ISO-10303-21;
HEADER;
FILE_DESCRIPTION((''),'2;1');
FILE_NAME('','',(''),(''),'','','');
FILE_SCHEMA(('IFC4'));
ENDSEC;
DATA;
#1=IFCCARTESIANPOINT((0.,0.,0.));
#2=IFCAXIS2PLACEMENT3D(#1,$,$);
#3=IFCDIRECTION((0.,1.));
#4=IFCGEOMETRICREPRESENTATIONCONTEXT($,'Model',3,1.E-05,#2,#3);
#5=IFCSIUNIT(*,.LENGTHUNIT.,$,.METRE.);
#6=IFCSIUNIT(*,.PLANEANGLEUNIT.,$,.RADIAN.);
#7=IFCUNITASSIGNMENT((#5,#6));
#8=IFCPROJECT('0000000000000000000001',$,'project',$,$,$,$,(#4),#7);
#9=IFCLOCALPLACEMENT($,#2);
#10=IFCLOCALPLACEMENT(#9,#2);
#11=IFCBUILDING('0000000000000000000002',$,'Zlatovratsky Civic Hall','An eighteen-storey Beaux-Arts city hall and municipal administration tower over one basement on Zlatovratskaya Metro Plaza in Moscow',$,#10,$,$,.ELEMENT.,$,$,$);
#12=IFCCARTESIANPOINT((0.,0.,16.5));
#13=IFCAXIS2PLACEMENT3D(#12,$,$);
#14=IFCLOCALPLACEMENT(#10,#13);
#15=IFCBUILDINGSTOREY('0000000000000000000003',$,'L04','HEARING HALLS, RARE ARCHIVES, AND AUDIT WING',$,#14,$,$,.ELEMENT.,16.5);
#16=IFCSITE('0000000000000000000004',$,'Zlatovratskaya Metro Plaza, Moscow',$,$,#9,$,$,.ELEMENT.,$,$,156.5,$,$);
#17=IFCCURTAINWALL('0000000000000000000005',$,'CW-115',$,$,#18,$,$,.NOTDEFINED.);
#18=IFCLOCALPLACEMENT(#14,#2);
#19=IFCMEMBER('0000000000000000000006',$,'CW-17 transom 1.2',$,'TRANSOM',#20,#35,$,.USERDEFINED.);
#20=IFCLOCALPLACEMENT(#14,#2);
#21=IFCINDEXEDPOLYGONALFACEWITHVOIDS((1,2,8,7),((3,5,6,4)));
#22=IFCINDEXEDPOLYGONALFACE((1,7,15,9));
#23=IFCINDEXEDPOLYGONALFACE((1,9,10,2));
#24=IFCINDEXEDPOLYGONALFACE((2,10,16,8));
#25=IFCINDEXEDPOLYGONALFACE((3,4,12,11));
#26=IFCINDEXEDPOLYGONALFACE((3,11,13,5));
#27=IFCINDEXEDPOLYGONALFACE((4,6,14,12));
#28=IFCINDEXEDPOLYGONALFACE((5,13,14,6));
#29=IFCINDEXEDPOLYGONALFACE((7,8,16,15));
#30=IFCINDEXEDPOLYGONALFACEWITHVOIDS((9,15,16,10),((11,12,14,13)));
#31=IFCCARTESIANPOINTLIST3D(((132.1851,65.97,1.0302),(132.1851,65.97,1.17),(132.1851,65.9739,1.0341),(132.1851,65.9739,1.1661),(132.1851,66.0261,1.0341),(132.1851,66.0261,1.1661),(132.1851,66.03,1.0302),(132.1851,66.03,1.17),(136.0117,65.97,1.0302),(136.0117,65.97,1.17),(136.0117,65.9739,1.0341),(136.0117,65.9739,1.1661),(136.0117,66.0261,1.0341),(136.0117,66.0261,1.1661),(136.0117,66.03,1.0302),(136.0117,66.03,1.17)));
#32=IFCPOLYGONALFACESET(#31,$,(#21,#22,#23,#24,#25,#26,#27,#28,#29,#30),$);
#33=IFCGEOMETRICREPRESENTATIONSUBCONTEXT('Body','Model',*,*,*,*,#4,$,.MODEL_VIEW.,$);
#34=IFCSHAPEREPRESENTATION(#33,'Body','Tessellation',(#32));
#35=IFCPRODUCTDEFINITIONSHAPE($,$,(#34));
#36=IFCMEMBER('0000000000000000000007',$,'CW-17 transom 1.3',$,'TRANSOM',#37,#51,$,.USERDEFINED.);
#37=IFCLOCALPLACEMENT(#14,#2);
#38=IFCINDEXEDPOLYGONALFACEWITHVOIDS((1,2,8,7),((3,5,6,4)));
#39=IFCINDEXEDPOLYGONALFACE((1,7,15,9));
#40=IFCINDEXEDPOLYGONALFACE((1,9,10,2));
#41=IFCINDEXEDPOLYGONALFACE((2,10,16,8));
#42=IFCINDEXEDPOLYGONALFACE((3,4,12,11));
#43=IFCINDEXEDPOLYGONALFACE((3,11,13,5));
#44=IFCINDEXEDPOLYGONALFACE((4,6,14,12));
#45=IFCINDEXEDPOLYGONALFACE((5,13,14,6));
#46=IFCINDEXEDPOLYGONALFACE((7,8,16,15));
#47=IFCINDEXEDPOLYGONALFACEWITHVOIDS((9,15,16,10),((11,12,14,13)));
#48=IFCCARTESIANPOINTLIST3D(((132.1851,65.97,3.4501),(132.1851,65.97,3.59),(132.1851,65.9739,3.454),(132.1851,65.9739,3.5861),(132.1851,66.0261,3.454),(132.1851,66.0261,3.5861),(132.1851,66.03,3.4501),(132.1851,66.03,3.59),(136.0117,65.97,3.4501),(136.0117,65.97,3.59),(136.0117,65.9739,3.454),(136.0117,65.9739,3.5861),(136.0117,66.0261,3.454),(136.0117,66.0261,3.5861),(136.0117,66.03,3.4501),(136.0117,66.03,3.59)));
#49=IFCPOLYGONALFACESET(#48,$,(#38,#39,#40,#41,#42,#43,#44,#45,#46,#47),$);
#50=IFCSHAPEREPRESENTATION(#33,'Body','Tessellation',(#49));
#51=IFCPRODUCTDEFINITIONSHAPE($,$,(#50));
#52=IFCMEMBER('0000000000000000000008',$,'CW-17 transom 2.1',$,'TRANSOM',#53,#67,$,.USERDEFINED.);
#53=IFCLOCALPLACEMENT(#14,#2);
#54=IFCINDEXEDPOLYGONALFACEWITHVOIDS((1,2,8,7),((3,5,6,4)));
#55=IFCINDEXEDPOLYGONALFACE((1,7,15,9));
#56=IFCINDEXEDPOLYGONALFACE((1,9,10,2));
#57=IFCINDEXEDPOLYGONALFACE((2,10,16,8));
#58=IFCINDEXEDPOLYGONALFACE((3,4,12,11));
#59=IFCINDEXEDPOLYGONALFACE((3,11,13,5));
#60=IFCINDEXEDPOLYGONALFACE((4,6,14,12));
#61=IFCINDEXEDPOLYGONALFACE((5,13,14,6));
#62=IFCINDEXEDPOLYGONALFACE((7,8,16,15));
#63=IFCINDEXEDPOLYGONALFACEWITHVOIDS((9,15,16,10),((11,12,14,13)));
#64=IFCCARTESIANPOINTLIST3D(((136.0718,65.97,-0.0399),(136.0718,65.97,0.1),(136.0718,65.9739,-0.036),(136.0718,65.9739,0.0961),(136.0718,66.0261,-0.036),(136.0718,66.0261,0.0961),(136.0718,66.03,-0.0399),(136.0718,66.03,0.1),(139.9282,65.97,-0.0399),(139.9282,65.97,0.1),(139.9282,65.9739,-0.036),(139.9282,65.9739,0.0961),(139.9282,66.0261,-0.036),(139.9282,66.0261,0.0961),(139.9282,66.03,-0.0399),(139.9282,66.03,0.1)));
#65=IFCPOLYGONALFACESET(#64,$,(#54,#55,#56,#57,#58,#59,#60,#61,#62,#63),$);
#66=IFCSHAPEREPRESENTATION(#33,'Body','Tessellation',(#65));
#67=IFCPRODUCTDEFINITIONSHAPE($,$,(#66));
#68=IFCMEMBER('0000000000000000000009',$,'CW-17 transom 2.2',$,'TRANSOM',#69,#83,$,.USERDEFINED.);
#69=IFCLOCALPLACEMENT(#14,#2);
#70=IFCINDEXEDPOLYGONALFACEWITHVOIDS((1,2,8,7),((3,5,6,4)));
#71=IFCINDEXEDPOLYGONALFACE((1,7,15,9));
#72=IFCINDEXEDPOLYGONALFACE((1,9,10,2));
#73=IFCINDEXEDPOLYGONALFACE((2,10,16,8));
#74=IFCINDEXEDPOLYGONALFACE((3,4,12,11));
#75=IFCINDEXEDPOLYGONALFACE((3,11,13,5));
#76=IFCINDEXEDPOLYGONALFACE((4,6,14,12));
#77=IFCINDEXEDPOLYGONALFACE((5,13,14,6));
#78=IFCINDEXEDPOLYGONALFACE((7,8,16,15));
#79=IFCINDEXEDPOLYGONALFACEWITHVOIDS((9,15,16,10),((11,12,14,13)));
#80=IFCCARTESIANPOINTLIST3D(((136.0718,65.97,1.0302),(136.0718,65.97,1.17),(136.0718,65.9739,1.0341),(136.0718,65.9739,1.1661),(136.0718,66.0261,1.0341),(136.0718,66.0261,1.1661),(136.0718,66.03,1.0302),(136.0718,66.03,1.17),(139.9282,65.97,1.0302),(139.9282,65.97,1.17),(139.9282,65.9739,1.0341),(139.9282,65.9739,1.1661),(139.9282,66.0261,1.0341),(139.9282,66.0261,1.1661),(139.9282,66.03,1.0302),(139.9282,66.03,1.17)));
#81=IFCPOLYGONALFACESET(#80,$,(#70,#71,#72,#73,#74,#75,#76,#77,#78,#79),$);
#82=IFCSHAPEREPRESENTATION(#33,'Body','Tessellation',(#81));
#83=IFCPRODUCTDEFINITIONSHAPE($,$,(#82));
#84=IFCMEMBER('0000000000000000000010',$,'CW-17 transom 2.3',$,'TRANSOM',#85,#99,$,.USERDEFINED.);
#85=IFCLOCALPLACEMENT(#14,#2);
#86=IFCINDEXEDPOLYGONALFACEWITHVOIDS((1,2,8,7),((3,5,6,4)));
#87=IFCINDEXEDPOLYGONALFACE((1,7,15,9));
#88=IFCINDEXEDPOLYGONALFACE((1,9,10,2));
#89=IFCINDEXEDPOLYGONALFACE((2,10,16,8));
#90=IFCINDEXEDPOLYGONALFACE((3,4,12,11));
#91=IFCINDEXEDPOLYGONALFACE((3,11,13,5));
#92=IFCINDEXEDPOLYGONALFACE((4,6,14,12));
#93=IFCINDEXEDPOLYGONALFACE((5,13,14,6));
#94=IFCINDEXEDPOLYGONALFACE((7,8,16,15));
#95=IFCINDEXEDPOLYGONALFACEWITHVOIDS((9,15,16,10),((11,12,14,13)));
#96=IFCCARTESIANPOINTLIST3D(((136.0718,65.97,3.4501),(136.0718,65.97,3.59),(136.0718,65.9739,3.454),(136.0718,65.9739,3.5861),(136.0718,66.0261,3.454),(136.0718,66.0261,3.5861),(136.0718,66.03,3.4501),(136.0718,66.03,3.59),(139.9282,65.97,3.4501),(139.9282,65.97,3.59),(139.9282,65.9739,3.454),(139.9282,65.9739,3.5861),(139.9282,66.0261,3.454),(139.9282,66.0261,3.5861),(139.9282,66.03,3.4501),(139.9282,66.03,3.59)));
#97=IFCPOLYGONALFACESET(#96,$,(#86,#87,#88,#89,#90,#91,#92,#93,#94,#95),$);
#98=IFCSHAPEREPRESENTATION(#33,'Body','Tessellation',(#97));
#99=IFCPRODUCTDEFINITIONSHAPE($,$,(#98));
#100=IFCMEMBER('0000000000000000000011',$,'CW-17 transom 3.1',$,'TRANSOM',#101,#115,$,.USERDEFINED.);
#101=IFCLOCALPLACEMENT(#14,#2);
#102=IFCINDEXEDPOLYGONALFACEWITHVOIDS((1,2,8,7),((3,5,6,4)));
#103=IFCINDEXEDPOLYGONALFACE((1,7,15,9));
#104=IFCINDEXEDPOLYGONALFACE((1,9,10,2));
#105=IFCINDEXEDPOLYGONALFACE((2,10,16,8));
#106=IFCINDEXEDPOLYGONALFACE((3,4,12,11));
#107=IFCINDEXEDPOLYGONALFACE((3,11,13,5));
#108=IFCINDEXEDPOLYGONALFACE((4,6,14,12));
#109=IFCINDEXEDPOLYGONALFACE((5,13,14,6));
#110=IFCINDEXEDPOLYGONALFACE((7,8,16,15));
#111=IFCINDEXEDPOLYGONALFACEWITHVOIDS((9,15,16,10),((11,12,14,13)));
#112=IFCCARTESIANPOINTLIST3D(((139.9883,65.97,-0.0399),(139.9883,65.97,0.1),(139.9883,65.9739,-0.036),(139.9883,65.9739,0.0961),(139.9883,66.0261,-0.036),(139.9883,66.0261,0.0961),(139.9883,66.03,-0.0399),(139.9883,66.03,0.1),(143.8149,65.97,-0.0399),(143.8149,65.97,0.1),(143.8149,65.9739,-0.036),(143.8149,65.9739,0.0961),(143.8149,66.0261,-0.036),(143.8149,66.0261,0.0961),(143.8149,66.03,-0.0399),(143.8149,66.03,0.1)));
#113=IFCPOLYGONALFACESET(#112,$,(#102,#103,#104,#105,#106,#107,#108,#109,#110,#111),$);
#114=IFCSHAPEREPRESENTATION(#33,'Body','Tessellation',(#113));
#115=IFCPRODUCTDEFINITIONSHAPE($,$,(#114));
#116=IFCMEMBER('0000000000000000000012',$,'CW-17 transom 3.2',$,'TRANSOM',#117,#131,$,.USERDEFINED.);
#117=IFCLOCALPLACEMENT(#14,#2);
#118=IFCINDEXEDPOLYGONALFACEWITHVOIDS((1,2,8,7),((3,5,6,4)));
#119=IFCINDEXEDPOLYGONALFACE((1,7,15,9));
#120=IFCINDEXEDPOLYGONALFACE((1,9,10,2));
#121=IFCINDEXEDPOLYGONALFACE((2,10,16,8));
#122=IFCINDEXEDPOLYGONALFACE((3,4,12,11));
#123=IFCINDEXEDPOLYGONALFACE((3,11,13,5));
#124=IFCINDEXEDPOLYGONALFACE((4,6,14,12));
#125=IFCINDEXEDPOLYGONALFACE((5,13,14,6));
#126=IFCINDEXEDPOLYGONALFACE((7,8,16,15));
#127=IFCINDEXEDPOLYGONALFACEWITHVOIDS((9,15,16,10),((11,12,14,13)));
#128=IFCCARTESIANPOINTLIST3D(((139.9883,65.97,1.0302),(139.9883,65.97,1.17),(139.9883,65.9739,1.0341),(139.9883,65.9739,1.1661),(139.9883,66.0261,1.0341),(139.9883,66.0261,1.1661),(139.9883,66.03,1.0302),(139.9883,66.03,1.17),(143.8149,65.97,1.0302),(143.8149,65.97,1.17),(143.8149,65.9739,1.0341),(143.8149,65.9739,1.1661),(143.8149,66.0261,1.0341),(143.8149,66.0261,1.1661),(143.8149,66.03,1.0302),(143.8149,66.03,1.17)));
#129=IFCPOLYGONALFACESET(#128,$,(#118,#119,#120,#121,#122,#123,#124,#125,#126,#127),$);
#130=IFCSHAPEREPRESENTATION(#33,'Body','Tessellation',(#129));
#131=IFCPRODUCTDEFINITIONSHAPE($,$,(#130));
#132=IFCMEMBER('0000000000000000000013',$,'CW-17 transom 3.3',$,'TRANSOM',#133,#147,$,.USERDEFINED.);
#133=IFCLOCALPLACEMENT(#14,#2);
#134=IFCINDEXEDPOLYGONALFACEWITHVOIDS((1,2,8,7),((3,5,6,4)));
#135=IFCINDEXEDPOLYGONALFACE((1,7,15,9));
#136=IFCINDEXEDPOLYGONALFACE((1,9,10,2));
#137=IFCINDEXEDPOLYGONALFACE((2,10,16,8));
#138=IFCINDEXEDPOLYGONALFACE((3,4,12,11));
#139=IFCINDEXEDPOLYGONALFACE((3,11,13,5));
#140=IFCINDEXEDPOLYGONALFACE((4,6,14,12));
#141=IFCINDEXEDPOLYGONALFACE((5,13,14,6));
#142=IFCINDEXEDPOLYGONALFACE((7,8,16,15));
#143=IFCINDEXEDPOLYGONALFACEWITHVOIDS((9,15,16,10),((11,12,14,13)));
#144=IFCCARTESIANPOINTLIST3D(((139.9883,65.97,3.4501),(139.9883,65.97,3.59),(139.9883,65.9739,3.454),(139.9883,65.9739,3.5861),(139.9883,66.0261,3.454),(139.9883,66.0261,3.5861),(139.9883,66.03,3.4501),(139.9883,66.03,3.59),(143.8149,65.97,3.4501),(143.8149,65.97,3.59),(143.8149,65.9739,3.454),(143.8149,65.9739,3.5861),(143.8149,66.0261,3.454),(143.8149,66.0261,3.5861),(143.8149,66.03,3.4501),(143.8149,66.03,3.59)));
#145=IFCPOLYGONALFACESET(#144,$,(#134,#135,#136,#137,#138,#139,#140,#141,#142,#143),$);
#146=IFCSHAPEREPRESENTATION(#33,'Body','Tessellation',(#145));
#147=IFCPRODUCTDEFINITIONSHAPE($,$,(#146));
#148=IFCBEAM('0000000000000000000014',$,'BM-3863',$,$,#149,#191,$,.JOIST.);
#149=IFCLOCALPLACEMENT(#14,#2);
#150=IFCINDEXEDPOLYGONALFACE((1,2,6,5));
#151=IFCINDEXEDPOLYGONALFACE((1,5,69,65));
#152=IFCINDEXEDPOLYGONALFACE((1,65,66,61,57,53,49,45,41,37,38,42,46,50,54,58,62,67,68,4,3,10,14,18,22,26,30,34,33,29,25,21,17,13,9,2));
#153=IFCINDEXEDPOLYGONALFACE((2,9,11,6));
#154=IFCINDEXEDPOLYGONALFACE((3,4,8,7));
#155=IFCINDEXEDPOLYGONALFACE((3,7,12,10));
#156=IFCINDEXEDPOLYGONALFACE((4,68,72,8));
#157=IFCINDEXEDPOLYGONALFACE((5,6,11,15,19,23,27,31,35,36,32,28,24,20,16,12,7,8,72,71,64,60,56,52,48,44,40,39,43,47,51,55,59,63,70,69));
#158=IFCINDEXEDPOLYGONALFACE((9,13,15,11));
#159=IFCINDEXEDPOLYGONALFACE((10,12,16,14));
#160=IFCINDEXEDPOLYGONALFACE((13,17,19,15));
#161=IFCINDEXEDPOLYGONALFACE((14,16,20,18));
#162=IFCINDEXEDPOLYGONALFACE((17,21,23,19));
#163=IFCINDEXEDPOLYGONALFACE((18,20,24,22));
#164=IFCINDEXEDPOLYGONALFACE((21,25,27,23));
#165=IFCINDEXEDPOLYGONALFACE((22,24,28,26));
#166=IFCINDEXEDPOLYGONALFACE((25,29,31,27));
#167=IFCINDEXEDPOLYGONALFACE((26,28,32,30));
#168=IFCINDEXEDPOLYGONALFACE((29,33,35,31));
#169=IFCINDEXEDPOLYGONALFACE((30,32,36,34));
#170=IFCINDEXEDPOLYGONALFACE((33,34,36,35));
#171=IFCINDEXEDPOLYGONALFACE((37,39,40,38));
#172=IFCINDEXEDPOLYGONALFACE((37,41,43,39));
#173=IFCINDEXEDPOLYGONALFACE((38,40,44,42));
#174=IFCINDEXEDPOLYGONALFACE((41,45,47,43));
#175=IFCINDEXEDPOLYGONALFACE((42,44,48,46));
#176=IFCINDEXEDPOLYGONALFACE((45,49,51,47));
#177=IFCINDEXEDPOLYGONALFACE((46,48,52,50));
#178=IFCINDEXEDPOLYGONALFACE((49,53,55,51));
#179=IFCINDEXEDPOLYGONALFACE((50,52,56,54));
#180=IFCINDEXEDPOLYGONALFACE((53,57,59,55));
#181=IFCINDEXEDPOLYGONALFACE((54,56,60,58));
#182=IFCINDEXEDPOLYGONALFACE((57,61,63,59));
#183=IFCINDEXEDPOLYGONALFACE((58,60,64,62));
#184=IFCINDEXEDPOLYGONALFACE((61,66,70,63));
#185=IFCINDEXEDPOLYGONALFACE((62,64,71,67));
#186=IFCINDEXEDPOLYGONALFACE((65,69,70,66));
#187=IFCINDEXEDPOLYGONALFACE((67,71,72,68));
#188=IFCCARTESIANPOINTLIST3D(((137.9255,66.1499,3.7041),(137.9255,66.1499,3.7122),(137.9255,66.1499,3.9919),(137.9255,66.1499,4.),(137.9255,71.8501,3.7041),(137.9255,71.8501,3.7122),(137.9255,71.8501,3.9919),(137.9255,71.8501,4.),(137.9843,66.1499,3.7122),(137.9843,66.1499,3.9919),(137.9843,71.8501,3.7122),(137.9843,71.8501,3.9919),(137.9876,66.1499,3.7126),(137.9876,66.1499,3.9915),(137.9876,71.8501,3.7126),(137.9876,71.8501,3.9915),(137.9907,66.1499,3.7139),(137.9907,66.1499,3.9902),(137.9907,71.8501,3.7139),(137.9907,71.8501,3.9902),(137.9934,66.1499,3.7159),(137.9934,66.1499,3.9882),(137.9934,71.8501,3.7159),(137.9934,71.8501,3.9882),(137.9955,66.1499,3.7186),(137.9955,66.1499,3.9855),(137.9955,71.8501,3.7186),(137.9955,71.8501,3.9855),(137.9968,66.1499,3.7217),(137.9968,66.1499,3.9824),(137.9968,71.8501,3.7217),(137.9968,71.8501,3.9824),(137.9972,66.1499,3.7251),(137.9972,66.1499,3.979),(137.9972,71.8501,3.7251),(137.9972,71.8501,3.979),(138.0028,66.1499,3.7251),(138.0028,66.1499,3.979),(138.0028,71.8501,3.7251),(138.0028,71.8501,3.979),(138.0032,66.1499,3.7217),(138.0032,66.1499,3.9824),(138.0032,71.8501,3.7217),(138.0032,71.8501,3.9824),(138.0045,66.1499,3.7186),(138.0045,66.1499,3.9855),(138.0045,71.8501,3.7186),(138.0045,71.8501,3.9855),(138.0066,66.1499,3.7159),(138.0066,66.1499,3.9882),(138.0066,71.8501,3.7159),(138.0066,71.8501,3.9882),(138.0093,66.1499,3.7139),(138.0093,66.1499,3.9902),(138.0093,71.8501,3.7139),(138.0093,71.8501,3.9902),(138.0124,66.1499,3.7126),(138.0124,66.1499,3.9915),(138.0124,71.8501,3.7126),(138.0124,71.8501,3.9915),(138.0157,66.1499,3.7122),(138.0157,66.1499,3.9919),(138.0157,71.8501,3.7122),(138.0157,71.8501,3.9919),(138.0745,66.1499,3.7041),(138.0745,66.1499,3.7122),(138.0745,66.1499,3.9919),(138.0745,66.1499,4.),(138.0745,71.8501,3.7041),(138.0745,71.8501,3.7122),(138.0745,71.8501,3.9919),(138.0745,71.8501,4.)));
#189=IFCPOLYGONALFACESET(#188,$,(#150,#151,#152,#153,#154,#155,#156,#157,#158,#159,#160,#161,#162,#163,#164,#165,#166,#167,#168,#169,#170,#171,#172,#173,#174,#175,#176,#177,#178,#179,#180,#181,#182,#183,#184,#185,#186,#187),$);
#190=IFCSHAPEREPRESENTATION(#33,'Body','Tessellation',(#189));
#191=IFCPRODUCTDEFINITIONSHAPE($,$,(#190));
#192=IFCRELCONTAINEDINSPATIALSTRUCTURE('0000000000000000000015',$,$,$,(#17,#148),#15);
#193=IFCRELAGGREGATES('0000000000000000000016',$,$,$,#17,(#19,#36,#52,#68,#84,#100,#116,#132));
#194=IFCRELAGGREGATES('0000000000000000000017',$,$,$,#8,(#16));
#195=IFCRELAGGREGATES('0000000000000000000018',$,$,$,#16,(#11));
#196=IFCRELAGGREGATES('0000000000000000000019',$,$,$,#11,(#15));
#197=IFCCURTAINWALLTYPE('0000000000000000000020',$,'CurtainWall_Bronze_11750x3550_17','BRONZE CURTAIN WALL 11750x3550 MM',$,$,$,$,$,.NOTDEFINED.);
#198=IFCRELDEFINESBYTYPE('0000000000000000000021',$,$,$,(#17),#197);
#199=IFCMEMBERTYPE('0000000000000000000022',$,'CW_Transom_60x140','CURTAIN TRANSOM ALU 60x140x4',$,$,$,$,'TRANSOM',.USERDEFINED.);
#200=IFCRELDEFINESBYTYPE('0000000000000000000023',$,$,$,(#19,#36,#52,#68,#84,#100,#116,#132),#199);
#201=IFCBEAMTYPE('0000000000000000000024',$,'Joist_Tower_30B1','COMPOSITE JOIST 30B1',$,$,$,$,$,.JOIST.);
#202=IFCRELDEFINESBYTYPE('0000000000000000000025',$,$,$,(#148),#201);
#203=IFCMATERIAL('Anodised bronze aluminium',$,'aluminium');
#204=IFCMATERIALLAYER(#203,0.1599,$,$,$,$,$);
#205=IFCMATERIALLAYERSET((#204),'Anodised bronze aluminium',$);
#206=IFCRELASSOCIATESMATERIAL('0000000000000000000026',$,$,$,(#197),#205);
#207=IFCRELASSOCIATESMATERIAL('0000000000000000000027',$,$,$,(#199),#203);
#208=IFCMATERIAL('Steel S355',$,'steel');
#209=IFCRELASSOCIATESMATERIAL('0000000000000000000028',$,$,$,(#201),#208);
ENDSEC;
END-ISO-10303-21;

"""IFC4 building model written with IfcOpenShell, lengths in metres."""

from ifc_helpers import new_model, si_unit, direction, frame, origin, origin_2d, place, context, subcontext, project, spatial, hollow_rectangle, i_section, extrude, material, layer, layer_set, material_profile, profile_set, type_object, element, aggregate, save


model = new_model("IFC4")

# Units and contexts
model_context = context("Model", 3, precision=1e-05, world=origin(), true_north=direction((0.0, 1.0)))
body_context = subcontext(model_context, "Body", "Model", "MODEL_VIEW")
ifc_project = project(units=[si_unit("LENGTHUNIT", "METRE"), si_unit("PLANEANGLEUNIT", "RADIAN")], contexts=[model_context])

# Site, building, storey
site_placement = place(None, origin())
site = spatial("IfcSite", under=ifc_project, at=site_placement, Name="Zlatovratskaya Metro Plaza, Moscow", CompositionType="ELEMENT", RefElevation=156.5)
building_placement = place(site_placement, origin())
building = spatial("IfcBuilding", under=site, at=building_placement, Name="Zlatovratsky Civic Hall", Description="An eighteen-storey Beaux-Arts city hall and municipal administration tower over one basement on Zlatovratskaya Metro Plaza in Moscow", CompositionType="ELEMENT")
storey_placement = place(building_placement, frame((0.0, 0.0, 16.5)))
storey = spatial("IfcBuildingStorey", under=building, at=storey_placement, Name="L04", Description="HEARING HALLS, RARE ARCHIVES, AND AUDIT WING", CompositionType="ELEMENT", Elevation=16.5)

# Shared definitions
ifc_material_1 = material(Name="Steel S355", Category="steel")

# Curtain wall, members
ifc_material_2 = material(Name="Anodised bronze aluminium", Category="aluminium")
ifc_layer_1 = layer(ifc_material_2, 0.1599)
ifc_layer_set_1 = layer_set([ifc_layer_1], Name="Anodised bronze aluminium")
curtain_wall_type = type_object("IfcCurtainWallType", Name="CurtainWall_Bronze_11750x3550_17", Description="BRONZE CURTAIN WALL 11750x3550 MM", PredefinedType="NOTDEFINED", material=ifc_layer_set_1)
curtain_wall_placement = place(storey_placement, origin())
curtain_wall = element("IfcCurtainWall", 1, at=curtain_wall_placement, inside=storey, type_object=curtain_wall_type, Name="CW-115", PredefinedType="NOTDEFINED")
ifc_material_profile_1 = material_profile(ifc_material_2, hollow_rectangle(XDim=0.0601, YDim=0.1399, WallThickness=0.0039, at=origin_2d()), Name="ALU 60x140x4")
ifc_profile_set_1 = profile_set([ifc_material_profile_1], Name="Anodised bronze aluminium")
member_type_1 = type_object("IfcMemberType", Name="CW_Transom_60x140", Description="CURTAIN TRANSOM ALU 60x140x4", ElementType="TRANSOM", PredefinedType="USERDEFINED", material=ifc_profile_set_1)
member_1_placement = place(storey_placement, frame((132.1851, 66.0, 1.1001), z_axis=(1.0, 0.0, 0.0), x_axis=(0.0, 1.0, 0.0)))
member_1 = element("IfcMember", 2, at=member_1_placement, type_object=member_type_1, Name="CW-17 transom 1.2", ObjectType="TRANSOM", PredefinedType="USERDEFINED", context=body_context, shape_type="SweptSolid", body=[
    extrude(hollow_rectangle(XDim=0.0601, YDim=0.1399, WallThickness=0.0039, at=origin_2d()), origin(), (0.0, 0.0, 1.0), 3.8267),
])
member_2_placement = place(storey_placement, frame((132.1851, 66.0, 3.52), z_axis=(1.0, 0.0, 0.0), x_axis=(0.0, 1.0, 0.0)))
member_2 = element("IfcMember", 3, at=member_2_placement, type_object=member_type_1, Name="CW-17 transom 1.3", ObjectType="TRANSOM", PredefinedType="USERDEFINED", context=body_context, shape_type="SweptSolid", body=[
    extrude(hollow_rectangle(XDim=0.0601, YDim=0.1399, WallThickness=0.0039, at=origin_2d()), origin(), (0.0, 0.0, 1.0), 3.8267),
])
member_3_placement = place(storey_placement, frame((136.0718, 66.0, 0.03), z_axis=(1.0, 0.0, 0.0), x_axis=(0.0, 1.0, 0.0)))
member_3 = element("IfcMember", 4, at=member_3_placement, type_object=member_type_1, Name="CW-17 transom 2.1", ObjectType="TRANSOM", PredefinedType="USERDEFINED", context=body_context, shape_type="SweptSolid", body=[
    extrude(hollow_rectangle(XDim=0.0601, YDim=0.1399, WallThickness=0.0039, at=origin_2d()), origin(), (0.0, 0.0, 1.0), 3.8564),
])
member_4_placement = place(storey_placement, frame((136.0718, 66.0, 1.1001), z_axis=(1.0, 0.0, 0.0), x_axis=(0.0, 1.0, 0.0)))
member_4 = element("IfcMember", 5, at=member_4_placement, type_object=member_type_1, Name="CW-17 transom 2.2", ObjectType="TRANSOM", PredefinedType="USERDEFINED", context=body_context, shape_type="SweptSolid", body=[
    extrude(hollow_rectangle(XDim=0.0601, YDim=0.1399, WallThickness=0.0039, at=origin_2d()), origin(), (0.0, 0.0, 1.0), 3.8564),
])
member_5_placement = place(storey_placement, frame((136.0718, 66.0, 3.52), z_axis=(1.0, 0.0, 0.0), x_axis=(0.0, 1.0, 0.0)))
member_5 = element("IfcMember", 6, at=member_5_placement, type_object=member_type_1, Name="CW-17 transom 2.3", ObjectType="TRANSOM", PredefinedType="USERDEFINED", context=body_context, shape_type="SweptSolid", body=[
    extrude(hollow_rectangle(XDim=0.0601, YDim=0.1399, WallThickness=0.0039, at=origin_2d()), origin(), (0.0, 0.0, 1.0), 3.8564),
])
member_6_placement = place(storey_placement, frame((139.9883, 66.0, 0.03), z_axis=(1.0, 0.0, 0.0), x_axis=(0.0, 1.0, 0.0)))
member_6 = element("IfcMember", 7, at=member_6_placement, type_object=member_type_1, Name="CW-17 transom 3.1", ObjectType="TRANSOM", PredefinedType="USERDEFINED", context=body_context, shape_type="SweptSolid", body=[
    extrude(hollow_rectangle(XDim=0.0601, YDim=0.1399, WallThickness=0.0039, at=origin_2d()), origin(), (0.0, 0.0, 1.0), 3.8267),
])
member_7_placement = place(storey_placement, frame((139.9883, 66.0, 1.1001), z_axis=(1.0, 0.0, 0.0), x_axis=(0.0, 1.0, 0.0)))
member_7 = element("IfcMember", 8, at=member_7_placement, type_object=member_type_1, Name="CW-17 transom 3.2", ObjectType="TRANSOM", PredefinedType="USERDEFINED", context=body_context, shape_type="SweptSolid", body=[
    extrude(hollow_rectangle(XDim=0.0601, YDim=0.1399, WallThickness=0.0039, at=origin_2d()), origin(), (0.0, 0.0, 1.0), 3.8267),
])
member_8_placement = place(storey_placement, frame((139.9883, 66.0, 3.52), z_axis=(1.0, 0.0, 0.0), x_axis=(0.0, 1.0, 0.0)))
member_8 = element("IfcMember", 9, at=member_8_placement, type_object=member_type_1, Name="CW-17 transom 3.3", ObjectType="TRANSOM", PredefinedType="USERDEFINED", context=body_context, shape_type="SweptSolid", body=[
    extrude(hollow_rectangle(XDim=0.0601, YDim=0.1399, WallThickness=0.0039, at=origin_2d()), origin(), (0.0, 0.0, 1.0), 3.8267),
])

# Beam
ifc_material_profile_2 = material_profile(ifc_material_1, i_section(OverallWidth=0.1489, OverallDepth=0.2959, WebThickness=0.0056, FlangeThickness=0.0081, FilletRadius=0.0129, at=origin_2d()), Name="30B1")
ifc_profile_set_2 = profile_set([ifc_material_profile_2], Name="Steel S355")
beam_type_1 = type_object("IfcBeamType", Name="Joist_Tower_30B1", Description="COMPOSITE JOIST 30B1", PredefinedType="JOIST", material=ifc_profile_set_2)
for number, where, z_axis, x_axis, name in (
    (10, (138.0, 66.1499, 3.8521), (0.0, 1.0, 0.0), (-1.0, 0.0, 0.0), "BM-3863"),
):
    element("IfcBeam", number, at=place(storey_placement, frame(where, z_axis=z_axis, x_axis=x_axis)), inside=storey, type_object=beam_type_1, Name=name, PredefinedType="JOIST", context=body_context, shape_type="SweptSolid", body=[
        extrude(i_section(OverallWidth=0.1489, OverallDepth=0.2959, WebThickness=0.0056, FlangeThickness=0.0081, FilletRadius=0.0129, at=origin_2d()), origin(), (0.0, 0.0, 1.0), 5.7002),
    ])

aggregate(curtain_wall, [member_1, member_2, member_3, member_4, member_5, member_6, member_7, member_8])

save(model, "model.ifc")
